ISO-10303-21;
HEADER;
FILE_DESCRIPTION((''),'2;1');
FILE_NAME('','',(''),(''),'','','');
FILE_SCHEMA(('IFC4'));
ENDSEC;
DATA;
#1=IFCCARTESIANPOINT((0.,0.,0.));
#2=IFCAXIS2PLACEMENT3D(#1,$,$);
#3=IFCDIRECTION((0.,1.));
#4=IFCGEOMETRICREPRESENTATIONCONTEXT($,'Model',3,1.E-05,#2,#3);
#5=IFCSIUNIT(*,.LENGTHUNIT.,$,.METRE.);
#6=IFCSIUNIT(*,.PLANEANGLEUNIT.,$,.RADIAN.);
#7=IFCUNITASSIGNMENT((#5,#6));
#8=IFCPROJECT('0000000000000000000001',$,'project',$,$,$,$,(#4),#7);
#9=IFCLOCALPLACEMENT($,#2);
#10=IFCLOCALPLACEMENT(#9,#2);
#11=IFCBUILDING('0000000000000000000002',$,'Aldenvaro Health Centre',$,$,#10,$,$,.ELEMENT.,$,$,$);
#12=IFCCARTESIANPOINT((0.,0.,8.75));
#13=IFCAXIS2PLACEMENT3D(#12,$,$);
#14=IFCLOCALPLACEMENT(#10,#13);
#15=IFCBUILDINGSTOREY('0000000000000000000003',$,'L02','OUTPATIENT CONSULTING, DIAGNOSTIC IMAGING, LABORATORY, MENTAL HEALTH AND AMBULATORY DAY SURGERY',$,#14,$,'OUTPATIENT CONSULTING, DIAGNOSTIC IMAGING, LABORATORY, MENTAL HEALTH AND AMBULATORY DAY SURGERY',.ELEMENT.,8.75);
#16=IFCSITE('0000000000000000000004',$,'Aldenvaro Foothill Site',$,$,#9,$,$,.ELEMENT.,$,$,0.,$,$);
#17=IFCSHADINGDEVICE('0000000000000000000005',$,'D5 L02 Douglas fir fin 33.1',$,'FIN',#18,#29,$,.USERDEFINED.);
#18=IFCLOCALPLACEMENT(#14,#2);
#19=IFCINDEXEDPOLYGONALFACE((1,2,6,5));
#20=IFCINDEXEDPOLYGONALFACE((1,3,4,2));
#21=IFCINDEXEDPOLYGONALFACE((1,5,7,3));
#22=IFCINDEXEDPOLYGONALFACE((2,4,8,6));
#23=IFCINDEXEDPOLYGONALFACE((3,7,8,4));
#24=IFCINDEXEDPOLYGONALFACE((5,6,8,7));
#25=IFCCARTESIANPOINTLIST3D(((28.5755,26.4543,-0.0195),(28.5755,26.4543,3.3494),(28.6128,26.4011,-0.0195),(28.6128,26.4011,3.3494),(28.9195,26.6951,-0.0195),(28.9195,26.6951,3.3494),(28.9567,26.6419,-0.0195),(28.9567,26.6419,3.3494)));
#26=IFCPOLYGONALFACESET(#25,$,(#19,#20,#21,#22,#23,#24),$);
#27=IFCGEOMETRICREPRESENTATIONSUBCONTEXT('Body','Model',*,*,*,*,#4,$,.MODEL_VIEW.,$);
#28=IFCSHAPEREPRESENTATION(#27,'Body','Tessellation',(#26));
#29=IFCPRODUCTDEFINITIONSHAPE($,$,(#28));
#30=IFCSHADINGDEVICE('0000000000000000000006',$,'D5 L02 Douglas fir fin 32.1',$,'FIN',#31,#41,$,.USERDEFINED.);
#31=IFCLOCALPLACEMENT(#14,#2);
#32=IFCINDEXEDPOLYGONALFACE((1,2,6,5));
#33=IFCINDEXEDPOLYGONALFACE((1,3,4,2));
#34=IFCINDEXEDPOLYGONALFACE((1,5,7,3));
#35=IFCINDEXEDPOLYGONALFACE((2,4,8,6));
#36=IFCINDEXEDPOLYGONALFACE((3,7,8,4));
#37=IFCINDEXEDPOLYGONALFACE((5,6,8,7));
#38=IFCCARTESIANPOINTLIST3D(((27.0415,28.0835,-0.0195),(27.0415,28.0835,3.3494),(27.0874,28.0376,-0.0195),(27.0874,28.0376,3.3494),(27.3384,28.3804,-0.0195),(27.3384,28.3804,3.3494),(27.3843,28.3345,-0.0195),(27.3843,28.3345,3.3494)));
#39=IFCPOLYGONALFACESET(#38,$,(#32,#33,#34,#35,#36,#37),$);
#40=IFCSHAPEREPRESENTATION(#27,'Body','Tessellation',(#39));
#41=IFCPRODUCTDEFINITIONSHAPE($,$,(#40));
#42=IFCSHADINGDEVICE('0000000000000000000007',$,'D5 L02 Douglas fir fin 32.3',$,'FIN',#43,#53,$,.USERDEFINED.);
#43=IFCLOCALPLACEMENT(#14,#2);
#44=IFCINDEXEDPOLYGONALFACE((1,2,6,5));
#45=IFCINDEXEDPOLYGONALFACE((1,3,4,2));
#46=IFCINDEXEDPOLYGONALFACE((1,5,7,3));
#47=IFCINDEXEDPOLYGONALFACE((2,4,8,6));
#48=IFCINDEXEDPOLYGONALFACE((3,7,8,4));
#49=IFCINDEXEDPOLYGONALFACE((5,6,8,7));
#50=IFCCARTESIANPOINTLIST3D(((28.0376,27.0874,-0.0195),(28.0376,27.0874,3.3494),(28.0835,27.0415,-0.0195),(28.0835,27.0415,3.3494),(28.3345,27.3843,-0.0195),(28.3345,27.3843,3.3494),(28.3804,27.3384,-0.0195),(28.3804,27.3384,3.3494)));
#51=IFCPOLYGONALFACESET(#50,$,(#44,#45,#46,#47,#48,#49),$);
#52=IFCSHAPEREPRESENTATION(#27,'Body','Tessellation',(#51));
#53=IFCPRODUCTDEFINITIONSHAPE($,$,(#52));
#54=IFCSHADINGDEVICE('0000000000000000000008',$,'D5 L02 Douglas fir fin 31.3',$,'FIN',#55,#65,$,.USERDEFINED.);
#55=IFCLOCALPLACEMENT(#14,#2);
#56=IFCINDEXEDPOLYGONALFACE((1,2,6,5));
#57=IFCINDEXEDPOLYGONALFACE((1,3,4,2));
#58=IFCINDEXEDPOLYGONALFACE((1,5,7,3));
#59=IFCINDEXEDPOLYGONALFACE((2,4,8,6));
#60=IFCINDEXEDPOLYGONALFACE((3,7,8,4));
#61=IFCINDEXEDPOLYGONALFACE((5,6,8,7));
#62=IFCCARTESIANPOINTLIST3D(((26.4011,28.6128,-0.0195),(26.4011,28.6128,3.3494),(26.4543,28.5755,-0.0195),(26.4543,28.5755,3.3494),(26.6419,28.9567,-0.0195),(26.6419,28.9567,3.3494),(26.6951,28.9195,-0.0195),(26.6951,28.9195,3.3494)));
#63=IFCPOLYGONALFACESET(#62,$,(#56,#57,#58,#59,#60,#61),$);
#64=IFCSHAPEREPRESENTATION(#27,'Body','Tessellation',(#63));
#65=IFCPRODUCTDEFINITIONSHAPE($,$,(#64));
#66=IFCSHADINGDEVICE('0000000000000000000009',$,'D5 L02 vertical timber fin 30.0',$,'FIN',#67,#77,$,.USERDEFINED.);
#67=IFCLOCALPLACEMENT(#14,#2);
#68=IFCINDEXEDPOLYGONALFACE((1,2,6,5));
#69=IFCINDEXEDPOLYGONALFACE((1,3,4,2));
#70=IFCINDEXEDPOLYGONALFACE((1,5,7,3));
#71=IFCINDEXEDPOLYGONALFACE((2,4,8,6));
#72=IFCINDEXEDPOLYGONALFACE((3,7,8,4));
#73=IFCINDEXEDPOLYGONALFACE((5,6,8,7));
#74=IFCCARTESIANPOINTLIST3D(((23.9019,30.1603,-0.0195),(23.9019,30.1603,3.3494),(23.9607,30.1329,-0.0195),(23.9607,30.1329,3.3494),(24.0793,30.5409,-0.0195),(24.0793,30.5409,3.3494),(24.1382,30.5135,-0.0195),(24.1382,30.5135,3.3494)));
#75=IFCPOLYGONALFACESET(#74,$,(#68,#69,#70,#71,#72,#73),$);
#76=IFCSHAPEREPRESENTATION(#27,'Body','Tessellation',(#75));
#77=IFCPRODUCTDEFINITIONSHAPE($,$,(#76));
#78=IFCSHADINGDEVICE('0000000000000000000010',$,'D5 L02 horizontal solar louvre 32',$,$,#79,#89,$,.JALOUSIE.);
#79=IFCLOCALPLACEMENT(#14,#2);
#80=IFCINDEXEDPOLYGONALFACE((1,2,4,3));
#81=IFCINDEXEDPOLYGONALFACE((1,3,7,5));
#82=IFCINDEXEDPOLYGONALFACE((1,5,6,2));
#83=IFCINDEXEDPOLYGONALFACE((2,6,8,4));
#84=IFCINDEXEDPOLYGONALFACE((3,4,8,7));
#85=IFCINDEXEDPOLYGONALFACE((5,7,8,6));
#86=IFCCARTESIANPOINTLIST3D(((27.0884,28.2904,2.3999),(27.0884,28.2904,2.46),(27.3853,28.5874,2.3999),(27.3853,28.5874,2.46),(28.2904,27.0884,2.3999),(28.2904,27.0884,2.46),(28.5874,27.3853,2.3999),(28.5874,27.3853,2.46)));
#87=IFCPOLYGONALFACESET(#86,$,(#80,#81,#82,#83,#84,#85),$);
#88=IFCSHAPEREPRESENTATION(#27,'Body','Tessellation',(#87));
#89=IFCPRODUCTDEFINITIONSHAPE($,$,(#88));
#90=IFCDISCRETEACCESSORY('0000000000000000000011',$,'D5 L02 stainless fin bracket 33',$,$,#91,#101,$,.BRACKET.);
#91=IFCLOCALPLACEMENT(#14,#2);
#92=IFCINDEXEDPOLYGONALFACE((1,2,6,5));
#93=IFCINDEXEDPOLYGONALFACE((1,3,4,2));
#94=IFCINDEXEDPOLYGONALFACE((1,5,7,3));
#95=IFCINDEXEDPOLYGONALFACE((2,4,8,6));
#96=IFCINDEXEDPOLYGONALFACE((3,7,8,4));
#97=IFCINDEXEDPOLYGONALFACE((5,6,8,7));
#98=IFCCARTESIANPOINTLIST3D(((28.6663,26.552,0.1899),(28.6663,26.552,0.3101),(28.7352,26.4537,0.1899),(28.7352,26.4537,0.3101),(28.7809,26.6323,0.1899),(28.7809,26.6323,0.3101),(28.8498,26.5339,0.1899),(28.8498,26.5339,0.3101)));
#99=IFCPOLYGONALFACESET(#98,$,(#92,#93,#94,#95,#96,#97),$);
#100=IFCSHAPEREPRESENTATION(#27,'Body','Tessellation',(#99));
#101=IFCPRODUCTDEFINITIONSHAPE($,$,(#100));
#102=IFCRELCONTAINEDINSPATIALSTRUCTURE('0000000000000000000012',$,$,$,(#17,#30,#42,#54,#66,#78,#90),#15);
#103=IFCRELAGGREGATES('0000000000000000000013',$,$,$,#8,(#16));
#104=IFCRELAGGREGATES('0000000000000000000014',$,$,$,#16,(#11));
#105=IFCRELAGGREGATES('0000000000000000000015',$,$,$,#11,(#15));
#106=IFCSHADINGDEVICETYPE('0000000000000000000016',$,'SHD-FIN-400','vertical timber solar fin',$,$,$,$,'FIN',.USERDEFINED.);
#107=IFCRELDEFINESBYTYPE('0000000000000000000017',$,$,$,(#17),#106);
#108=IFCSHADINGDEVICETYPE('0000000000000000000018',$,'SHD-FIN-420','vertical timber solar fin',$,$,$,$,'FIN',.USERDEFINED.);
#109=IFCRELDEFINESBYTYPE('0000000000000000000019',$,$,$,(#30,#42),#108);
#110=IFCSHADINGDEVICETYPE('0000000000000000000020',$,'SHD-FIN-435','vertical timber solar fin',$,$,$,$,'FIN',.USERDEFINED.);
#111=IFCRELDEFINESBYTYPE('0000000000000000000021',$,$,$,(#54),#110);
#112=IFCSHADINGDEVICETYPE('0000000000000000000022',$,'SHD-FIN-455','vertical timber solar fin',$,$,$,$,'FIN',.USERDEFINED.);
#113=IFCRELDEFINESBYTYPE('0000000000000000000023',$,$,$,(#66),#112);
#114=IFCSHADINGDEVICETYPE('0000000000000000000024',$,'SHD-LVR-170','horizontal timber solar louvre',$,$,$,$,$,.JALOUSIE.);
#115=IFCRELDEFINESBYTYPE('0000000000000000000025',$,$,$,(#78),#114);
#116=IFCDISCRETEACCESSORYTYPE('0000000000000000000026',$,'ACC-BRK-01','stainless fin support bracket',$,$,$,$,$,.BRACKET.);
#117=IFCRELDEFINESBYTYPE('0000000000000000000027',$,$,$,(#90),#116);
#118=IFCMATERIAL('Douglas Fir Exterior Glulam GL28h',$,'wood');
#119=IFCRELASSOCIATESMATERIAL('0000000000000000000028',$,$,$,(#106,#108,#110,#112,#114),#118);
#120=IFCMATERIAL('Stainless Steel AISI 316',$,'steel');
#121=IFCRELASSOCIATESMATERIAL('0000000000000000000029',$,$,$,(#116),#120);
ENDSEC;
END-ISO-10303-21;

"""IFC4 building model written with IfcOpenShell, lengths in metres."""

from ifc_helpers import new_model, si_unit, direction, frame, origin, origin_2d, place, context, subcontext, project, spatial, rectangle, extrude, material, type_object, element, save


model = new_model("IFC4")

# Units and contexts
model_context = context("Model", 3, precision=1e-05, world=origin(), true_north=direction((0.0, 1.0)))
body_context = subcontext(model_context, "Body", "Model", "MODEL_VIEW")
ifc_project = project(units=[si_unit("LENGTHUNIT", "METRE"), si_unit("PLANEANGLEUNIT", "RADIAN")], contexts=[model_context])

# Site, building, storey
site_placement = place(None, origin())
site = spatial("IfcSite", under=ifc_project, at=site_placement, Name="Aldenvaro Foothill Site", CompositionType="ELEMENT", RefElevation=0.0)
building_placement = place(site_placement, origin())
building = spatial("IfcBuilding", under=site, at=building_placement, Name="Aldenvaro Health Centre", CompositionType="ELEMENT")
storey_placement = place(building_placement, frame((0.0, 0.0, 8.75)))
storey = spatial("IfcBuildingStorey", under=building, at=storey_placement, Name="L02", Description="OUTPATIENT CONSULTING, DIAGNOSTIC IMAGING, LABORATORY, MENTAL HEALTH AND AMBULATORY DAY SURGERY", LongName="OUTPATIENT CONSULTING, DIAGNOSTIC IMAGING, LABORATORY, MENTAL HEALTH AND AMBULATORY DAY SURGERY", CompositionType="ELEMENT", Elevation=8.75)

# Shading devices
ifc_material_1 = material(Name="Douglas Fir Exterior Glulam GL28h", Category="wood")
shading_device_type_1 = type_object("IfcShadingDeviceType", Name="SHD-FIN-400", Description="vertical timber solar fin", ElementType="FIN", PredefinedType="USERDEFINED", material=ifc_material_1)
shading_device_1_placement = place(storey_placement, frame((28.7661, 26.5481, -0.0195), z_axis=(0.0, 0.0, 1.0), x_axis=(0.573641, -0.819107, 0.0)))
element("IfcShadingDevice", 1, at=shading_device_1_placement, inside=storey, type_object=shading_device_type_1, Name="D5 L02 Douglas fir fin 33.1", ObjectType="FIN", PredefinedType="USERDEFINED", context=body_context, shape_type="SweptSolid", body=[
    extrude(rectangle(XDim=0.0649, YDim=0.4199, at=origin_2d()), origin(), (0.0, 0.0, 1.0), 3.3689),
])
shading_device_type_2 = type_object("IfcShadingDeviceType", Name="SHD-FIN-420", Description="vertical timber solar fin", ElementType="FIN", PredefinedType="USERDEFINED", material=ifc_material_1)
for number, where, z_axis, x_axis, name in (
    (2, (27.2129, 28.209, -0.0195), (0.0, 0.0, 1.0), (0.707107, -0.707107, 0.0), "D5 L02 Douglas fir fin 32.1"),
    (3, (28.209, 27.2129, -0.0195), (0.0, 0.0, 1.0), (0.707107, -0.707107, 0.0), "D5 L02 Douglas fir fin 32.3"),
):
    element("IfcShadingDevice", number, at=place(storey_placement, frame(where, z_axis=z_axis, x_axis=x_axis)), inside=storey, type_object=shading_device_type_2, Name=name, ObjectType="FIN", PredefinedType="USERDEFINED", context=body_context, shape_type="SweptSolid", body=[
        extrude(rectangle(XDim=0.0649, YDim=0.4199, at=origin_2d()), origin(), (0.0, 0.0, 1.0), 3.3689),
    ])
shading_device_type_3 = type_object("IfcShadingDeviceType", Name="SHD-FIN-435", Description="vertical timber solar fin", ElementType="FIN", PredefinedType="USERDEFINED", material=ifc_material_1)
shading_device_2_placement = place(storey_placement, frame((26.5481, 28.7661, -0.0195), z_axis=(0.0, 0.0, 1.0), x_axis=(0.819107, -0.573641, 0.0)))
element("IfcShadingDevice", 4, at=shading_device_2_placement, inside=storey, type_object=shading_device_type_3, Name="D5 L02 Douglas fir fin 31.3", ObjectType="FIN", PredefinedType="USERDEFINED", context=body_context, shape_type="SweptSolid", body=[
    extrude(rectangle(XDim=0.0649, YDim=0.4199, at=origin_2d()), origin(), (0.0, 0.0, 1.0), 3.3689),
])
shading_device_type_4 = type_object("IfcShadingDeviceType", Name="SHD-FIN-455", Description="vertical timber solar fin", ElementType="FIN", PredefinedType="USERDEFINED", material=ifc_material_1)
shading_device_3_placement = place(storey_placement, frame((24.02, 30.3369, -0.0195), z_axis=(0.0, 0.0, 1.0), x_axis=(0.906365, -0.422496, 0.0)))
element("IfcShadingDevice", 5, at=shading_device_3_placement, inside=storey, type_object=shading_device_type_4, Name="D5 L02 vertical timber fin 30.0", ObjectType="FIN", PredefinedType="USERDEFINED", context=body_context, shape_type="SweptSolid", body=[
    extrude(rectangle(XDim=0.0649, YDim=0.4199, at=origin_2d()), origin(), (0.0, 0.0, 1.0), 3.3689),
])
shading_device_type_5 = type_object("IfcShadingDeviceType", Name="SHD-LVR-170", Description="horizontal timber solar louvre", PredefinedType="JALOUSIE", material=ifc_material_1)
shading_device_4_placement = place(storey_placement, frame((27.8379, 27.8379, 2.3999), z_axis=(0.0, 0.0, 1.0), x_axis=(0.707107, -0.707107, 0.0)))
element("IfcShadingDevice", 6, at=shading_device_4_placement, inside=storey, type_object=shading_device_type_5, Name="D5 L02 horizontal solar louvre 32", PredefinedType="JALOUSIE", context=body_context, shape_type="SweptSolid", body=[
    extrude(rectangle(XDim=1.7, YDim=0.4199, at=origin_2d()), origin(), (0.0, 0.0, 1.0), 0.0601),
])

# Discrete accessory
ifc_material_2 = material(Name="Stainless Steel AISI 316", Category="steel")
discrete_accessory_type = type_object("IfcDiscreteAccessoryType", Name="ACC-BRK-01", Description="stainless fin support bracket", PredefinedType="BRACKET", material=ifc_material_2)
discrete_accessory_placement = place(storey_placement, frame((28.7581, 26.543, 0.1899), z_axis=(0.0, 0.0, 1.0), x_axis=(0.573641, -0.819107, 0.0)))
element("IfcDiscreteAccessory", 7, at=discrete_accessory_placement, inside=storey, type_object=discrete_accessory_type, Name="D5 L02 stainless fin bracket 33", PredefinedType="BRACKET", context=body_context, shape_type="SweptSolid", body=[
    extrude(rectangle(XDim=0.1201, YDim=0.1399, at=origin_2d()), origin(), (0.0, 0.0, 1.0), 0.1201),
])

save(model, "model.ifc")
